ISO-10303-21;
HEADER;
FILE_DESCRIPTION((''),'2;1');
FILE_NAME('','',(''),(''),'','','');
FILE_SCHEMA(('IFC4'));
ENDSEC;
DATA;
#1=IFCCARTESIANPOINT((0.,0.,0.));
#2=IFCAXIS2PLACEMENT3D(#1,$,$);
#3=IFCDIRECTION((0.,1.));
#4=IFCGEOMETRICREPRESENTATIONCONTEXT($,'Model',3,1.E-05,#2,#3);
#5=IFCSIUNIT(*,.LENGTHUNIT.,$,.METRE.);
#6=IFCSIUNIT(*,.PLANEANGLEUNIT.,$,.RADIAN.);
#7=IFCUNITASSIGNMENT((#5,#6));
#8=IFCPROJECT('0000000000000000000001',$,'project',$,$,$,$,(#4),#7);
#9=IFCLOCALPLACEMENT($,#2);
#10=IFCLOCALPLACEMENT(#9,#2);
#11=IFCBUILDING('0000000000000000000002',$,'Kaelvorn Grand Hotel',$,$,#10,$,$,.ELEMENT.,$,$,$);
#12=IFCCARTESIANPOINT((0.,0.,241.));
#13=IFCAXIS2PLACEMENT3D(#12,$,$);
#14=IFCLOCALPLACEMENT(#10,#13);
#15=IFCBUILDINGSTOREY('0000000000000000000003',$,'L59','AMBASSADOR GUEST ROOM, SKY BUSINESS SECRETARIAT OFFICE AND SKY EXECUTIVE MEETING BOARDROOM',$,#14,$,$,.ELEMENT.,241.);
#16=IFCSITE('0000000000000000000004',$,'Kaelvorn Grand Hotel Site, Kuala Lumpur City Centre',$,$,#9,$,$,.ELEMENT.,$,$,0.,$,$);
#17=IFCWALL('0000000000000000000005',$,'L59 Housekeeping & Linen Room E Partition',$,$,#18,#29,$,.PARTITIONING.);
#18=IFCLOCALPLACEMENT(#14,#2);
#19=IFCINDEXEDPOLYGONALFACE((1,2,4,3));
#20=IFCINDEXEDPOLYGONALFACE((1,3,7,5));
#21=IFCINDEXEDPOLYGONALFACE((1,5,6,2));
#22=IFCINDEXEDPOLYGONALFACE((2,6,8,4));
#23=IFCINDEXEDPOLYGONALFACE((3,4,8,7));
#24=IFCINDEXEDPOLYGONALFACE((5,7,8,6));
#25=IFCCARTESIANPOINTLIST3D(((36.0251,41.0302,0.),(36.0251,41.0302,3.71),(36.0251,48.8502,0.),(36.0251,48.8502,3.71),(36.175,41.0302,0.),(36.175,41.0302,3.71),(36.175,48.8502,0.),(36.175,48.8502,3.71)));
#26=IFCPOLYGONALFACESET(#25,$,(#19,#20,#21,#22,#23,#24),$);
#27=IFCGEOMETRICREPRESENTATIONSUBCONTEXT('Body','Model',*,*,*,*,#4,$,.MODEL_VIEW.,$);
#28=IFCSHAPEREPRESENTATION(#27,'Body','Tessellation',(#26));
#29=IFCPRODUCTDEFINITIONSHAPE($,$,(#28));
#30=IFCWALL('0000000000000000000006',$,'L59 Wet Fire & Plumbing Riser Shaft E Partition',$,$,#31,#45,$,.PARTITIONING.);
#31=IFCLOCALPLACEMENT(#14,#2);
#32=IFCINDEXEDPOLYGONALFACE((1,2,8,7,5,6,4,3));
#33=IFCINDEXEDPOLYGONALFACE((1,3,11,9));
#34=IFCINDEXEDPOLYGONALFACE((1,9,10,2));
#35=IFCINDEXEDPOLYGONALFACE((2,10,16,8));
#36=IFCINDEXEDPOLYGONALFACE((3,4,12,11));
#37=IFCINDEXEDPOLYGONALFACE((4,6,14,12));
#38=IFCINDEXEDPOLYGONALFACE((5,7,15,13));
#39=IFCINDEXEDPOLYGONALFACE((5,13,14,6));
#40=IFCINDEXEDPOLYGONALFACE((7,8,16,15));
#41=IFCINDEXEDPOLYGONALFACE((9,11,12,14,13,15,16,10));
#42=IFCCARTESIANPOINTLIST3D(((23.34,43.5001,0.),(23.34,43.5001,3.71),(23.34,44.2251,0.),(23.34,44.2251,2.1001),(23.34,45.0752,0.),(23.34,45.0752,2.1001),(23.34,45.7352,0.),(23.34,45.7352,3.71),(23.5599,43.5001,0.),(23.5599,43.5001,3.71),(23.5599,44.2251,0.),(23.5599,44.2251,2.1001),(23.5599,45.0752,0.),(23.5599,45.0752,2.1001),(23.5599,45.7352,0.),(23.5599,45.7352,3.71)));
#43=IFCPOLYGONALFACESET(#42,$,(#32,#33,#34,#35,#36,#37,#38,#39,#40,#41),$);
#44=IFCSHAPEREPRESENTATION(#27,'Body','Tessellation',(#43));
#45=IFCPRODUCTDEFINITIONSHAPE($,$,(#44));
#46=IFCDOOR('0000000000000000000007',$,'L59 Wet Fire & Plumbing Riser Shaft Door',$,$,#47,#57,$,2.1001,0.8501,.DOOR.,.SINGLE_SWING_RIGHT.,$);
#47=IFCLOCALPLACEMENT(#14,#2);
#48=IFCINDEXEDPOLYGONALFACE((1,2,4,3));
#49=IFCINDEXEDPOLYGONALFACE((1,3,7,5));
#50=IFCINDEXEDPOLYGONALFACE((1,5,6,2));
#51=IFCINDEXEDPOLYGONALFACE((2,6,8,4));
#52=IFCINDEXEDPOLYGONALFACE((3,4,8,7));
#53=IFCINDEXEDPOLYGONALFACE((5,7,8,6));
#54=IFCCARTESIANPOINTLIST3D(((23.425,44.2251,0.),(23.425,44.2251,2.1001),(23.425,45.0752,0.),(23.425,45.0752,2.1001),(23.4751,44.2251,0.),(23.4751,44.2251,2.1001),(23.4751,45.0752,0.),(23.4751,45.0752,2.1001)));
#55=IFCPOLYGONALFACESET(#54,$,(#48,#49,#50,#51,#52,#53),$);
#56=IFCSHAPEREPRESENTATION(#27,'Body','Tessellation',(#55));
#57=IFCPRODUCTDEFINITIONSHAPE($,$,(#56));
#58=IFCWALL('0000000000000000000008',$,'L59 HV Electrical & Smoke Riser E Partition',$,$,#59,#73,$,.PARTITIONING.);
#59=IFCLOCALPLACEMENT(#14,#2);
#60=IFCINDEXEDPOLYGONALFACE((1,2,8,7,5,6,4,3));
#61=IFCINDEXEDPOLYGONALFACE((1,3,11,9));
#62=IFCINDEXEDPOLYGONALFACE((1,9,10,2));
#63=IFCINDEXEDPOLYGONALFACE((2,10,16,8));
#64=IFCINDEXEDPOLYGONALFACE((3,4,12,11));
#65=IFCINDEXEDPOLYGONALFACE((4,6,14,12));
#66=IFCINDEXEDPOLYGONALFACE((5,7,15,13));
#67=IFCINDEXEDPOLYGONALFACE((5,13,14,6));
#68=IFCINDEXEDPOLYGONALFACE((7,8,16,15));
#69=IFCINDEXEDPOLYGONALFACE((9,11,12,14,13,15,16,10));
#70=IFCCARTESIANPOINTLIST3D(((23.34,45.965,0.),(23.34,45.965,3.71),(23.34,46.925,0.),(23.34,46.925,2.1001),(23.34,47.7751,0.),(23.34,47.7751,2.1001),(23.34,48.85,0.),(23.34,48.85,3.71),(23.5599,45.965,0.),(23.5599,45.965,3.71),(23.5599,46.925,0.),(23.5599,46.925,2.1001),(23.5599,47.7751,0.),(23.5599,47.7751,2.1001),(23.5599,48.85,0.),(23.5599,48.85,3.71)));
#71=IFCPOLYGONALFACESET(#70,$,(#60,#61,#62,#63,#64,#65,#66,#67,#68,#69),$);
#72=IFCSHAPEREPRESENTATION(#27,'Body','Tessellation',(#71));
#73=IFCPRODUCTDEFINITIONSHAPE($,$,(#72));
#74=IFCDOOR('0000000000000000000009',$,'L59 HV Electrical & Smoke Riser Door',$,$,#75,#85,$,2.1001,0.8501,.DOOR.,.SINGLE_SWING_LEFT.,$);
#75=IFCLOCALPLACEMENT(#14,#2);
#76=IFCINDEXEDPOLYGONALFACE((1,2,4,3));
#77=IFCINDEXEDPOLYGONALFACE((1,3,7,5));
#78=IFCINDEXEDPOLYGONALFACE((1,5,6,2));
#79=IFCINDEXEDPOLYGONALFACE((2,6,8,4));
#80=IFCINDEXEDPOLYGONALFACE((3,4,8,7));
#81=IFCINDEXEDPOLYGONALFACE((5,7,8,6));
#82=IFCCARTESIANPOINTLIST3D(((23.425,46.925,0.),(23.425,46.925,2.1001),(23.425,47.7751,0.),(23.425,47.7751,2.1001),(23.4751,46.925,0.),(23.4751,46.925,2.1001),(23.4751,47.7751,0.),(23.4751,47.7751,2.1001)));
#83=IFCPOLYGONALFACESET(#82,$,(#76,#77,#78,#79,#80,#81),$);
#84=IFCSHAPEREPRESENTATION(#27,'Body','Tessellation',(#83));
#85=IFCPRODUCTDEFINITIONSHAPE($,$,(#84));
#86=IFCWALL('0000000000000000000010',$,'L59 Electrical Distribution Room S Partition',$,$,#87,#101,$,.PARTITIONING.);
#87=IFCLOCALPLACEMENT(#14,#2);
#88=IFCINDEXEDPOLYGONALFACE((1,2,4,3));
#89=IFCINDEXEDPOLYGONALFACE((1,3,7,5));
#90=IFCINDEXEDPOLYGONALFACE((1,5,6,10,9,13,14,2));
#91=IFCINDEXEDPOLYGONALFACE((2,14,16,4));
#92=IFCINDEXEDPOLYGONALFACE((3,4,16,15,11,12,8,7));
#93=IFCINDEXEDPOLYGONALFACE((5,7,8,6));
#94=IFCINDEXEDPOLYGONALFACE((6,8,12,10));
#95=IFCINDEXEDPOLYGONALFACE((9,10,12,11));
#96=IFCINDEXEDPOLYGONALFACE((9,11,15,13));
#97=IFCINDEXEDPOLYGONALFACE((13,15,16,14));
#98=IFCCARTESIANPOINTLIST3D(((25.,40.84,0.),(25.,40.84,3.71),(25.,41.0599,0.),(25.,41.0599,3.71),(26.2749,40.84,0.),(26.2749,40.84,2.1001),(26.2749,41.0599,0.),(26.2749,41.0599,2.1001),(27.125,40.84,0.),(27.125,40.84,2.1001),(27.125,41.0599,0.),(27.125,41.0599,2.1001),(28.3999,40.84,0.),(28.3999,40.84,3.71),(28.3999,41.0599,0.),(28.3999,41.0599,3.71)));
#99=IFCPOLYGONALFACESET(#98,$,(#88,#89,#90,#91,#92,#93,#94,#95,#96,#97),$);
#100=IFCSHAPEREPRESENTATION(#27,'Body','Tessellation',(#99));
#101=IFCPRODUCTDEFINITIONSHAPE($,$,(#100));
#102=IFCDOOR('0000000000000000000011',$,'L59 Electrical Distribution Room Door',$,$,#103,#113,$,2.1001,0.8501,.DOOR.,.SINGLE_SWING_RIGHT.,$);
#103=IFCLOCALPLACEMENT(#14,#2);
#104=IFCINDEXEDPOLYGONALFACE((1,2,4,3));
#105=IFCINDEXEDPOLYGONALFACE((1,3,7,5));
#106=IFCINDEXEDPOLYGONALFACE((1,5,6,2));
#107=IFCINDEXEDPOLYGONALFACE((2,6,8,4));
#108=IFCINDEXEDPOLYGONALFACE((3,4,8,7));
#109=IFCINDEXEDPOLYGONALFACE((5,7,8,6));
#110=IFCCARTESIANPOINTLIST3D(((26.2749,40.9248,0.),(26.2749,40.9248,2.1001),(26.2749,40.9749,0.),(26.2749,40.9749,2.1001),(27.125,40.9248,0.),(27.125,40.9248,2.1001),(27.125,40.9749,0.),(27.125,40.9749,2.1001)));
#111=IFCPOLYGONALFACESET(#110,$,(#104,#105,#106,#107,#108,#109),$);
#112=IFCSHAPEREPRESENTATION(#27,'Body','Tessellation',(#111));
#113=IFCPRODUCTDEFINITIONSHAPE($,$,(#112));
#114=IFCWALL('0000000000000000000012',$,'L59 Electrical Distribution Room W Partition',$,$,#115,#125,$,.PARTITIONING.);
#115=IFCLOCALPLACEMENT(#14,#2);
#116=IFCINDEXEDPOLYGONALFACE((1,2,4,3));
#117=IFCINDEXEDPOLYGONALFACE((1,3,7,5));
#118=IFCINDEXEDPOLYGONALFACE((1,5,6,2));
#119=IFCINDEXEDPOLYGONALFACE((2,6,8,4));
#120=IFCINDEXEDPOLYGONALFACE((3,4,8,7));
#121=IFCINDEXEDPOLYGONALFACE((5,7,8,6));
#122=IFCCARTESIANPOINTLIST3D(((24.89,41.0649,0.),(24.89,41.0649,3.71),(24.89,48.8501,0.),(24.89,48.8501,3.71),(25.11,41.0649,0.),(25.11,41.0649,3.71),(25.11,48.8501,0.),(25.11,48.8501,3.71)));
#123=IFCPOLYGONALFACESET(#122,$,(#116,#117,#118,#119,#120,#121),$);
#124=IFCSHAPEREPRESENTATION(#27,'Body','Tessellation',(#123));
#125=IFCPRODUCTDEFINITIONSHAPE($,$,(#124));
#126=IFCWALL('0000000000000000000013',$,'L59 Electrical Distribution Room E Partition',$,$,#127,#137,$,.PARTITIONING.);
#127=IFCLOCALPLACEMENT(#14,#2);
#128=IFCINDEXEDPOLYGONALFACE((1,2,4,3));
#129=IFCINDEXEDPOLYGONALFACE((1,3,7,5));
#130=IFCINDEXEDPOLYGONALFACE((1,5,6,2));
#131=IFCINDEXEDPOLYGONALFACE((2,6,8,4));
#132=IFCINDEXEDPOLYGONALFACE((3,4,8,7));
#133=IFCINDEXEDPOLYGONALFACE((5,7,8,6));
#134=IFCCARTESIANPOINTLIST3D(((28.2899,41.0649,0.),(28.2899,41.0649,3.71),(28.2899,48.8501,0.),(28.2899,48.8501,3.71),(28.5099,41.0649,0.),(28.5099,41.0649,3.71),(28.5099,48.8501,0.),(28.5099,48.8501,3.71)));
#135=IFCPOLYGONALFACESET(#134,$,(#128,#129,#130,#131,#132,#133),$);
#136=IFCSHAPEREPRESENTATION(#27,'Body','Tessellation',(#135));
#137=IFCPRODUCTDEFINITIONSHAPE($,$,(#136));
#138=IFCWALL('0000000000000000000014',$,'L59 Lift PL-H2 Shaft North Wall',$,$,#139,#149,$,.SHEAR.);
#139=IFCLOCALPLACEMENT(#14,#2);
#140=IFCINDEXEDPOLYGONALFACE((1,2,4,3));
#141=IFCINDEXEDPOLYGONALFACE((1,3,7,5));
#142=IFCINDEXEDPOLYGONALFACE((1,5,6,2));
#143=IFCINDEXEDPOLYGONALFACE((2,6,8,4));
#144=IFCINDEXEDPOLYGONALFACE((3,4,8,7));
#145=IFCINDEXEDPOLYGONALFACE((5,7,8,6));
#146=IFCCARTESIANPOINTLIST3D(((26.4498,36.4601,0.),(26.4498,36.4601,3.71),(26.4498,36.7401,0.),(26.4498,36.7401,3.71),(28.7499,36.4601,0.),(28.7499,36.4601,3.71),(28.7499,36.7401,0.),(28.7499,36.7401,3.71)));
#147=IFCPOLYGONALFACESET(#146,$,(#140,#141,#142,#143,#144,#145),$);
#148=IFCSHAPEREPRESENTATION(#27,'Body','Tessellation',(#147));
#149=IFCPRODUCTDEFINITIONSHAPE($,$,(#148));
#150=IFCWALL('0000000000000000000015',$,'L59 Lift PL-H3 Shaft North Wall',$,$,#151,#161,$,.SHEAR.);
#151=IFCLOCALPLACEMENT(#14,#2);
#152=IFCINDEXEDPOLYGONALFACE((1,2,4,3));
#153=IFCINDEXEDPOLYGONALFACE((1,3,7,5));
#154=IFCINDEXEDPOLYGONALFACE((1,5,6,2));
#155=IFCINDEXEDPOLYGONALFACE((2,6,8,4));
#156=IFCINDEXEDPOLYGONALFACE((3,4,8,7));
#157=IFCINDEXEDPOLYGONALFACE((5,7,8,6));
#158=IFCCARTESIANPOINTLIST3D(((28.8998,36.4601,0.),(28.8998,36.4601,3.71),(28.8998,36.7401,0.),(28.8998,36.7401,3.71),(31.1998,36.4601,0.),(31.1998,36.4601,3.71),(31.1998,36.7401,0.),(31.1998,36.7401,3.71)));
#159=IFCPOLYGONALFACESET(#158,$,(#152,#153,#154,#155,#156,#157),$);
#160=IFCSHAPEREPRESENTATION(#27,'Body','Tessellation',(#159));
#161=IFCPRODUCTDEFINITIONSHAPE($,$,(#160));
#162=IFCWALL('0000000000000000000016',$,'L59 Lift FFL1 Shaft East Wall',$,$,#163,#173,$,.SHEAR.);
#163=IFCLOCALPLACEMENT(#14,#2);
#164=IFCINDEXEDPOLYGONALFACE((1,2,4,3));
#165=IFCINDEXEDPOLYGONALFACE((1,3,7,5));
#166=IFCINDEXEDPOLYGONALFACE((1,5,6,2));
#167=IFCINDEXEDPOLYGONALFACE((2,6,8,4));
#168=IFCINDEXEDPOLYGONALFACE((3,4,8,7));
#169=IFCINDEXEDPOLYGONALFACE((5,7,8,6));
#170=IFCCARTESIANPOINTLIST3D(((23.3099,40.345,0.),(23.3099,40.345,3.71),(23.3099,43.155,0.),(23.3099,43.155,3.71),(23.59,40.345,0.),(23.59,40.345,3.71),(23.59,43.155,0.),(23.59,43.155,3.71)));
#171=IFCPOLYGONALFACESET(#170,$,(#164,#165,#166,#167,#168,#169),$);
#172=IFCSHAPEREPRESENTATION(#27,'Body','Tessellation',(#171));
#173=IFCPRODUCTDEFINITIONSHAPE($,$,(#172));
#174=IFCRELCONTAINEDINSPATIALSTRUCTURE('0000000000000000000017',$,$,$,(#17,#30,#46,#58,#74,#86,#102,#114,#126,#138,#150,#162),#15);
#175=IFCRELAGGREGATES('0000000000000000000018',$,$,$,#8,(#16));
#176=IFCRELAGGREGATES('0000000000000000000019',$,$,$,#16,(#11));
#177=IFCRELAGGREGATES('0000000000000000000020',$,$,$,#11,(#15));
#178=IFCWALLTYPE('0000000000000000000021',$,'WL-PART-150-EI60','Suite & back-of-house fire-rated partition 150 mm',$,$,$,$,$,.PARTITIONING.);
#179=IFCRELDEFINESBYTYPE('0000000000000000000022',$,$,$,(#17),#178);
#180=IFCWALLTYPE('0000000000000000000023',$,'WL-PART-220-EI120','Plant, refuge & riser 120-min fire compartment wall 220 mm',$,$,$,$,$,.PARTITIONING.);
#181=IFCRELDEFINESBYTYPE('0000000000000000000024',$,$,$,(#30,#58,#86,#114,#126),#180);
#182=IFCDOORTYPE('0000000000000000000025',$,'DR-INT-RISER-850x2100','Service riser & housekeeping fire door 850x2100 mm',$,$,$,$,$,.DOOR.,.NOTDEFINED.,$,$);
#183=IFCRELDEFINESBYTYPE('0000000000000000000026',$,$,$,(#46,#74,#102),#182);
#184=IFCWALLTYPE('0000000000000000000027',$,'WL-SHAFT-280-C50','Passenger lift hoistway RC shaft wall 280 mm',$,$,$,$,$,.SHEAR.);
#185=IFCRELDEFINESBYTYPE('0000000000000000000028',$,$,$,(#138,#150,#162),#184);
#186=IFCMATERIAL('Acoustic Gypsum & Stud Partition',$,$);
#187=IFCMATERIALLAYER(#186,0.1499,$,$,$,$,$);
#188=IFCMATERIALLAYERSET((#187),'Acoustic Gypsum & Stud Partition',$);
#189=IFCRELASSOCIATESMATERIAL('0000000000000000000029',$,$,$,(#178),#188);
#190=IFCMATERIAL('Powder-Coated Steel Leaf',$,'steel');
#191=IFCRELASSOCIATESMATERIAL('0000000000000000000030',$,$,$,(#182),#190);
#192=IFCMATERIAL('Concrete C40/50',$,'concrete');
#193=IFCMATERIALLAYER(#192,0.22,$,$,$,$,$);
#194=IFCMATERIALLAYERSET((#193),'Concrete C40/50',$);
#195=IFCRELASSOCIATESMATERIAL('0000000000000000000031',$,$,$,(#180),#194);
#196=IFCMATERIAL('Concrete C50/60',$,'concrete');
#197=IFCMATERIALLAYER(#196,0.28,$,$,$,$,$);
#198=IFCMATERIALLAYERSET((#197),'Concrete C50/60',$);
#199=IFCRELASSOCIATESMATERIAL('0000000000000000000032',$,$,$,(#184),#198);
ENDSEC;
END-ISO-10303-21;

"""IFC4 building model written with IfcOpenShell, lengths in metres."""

from ifc_helpers import new_model, si_unit, direction, frame, frame_2d, origin, place, context, subcontext, project, spatial, rectangle, extrude, material, layer, layer_set, type_object, element, fill, save


model = new_model("IFC4")

# Units and contexts
model_context = context("Model", 3, precision=1e-05, world=origin(), true_north=direction((0.0, 1.0)))
body_context = subcontext(model_context, "Body", "Model", "MODEL_VIEW")
ifc_project = project(units=[si_unit("LENGTHUNIT", "METRE"), si_unit("PLANEANGLEUNIT", "RADIAN")], contexts=[model_context])

# Site, building, storey
site_placement = place(None, origin())
site = spatial("IfcSite", under=ifc_project, at=site_placement, Name="Kaelvorn Grand Hotel Site, Kuala Lumpur City Centre", CompositionType="ELEMENT", RefElevation=0.0)
building_placement = place(site_placement, origin())
building = spatial("IfcBuilding", under=site, at=building_placement, Name="Kaelvorn Grand Hotel", CompositionType="ELEMENT")
storey_placement = place(building_placement, frame((0.0, 0.0, 241.0)))
storey = spatial("IfcBuildingStorey", under=building, at=storey_placement, Name="L59", Description="AMBASSADOR GUEST ROOM, SKY BUSINESS SECRETARIAT OFFICE AND SKY EXECUTIVE MEETING BOARDROOM", CompositionType="ELEMENT", Elevation=241.0)

# Shared definitions
ifc_material_1 = material(Name="Concrete C50/60", Category="concrete")

# Shared definitions
ifc_material_2 = material(Name="Acoustic Gypsum & Stud Partition")
ifc_layer_1 = layer(ifc_material_2, 0.1499)
ifc_layer_set_1 = layer_set([ifc_layer_1], Name="Acoustic Gypsum & Stud Partition")
wall_type_1 = type_object("IfcWallType", Name="WL-PART-150-EI60", Description="Suite & back-of-house fire-rated partition 150 mm", PredefinedType="PARTITIONING", material=ifc_layer_set_1)

# Shared definitions
ifc_material_3 = material(Name="Powder-Coated Steel Leaf", Category="steel")
door_type_1 = type_object("IfcDoorType", Name="DR-INT-RISER-850x2100", Description="Service riser & housekeeping fire door 850x2100 mm", OperationType="NOTDEFINED", PredefinedType="DOOR", material=ifc_material_3)

# Wall
wall_1_placement = place(storey_placement, frame((36.1001, 41.03, 0.0), z_axis=(0.0, 0.0, 1.0), x_axis=(0.0, 1.0, 0.0)))
element("IfcWall", 1, at=wall_1_placement, inside=storey, type_object=wall_type_1, Name="L59 Housekeeping & Linen Room E Partition", PredefinedType="PARTITIONING", context=body_context, shape_type="SweptSolid", body=[
    extrude(rectangle(XDim=7.8201, YDim=0.1499, at=frame_2d((3.9102, 0.0))), origin(), (0.0, 0.0, 1.0), 3.71),
])

# Walls, openings, doors
ifc_material_4 = material(Name="Concrete C40/50", Category="concrete")
ifc_layer_2 = layer(ifc_material_4, 0.22)
ifc_layer_set_2 = layer_set([ifc_layer_2], Name="Concrete C40/50")
wall_type_2 = type_object("IfcWallType", Name="WL-PART-220-EI120", Description="Plant, refuge & riser 120-min fire compartment wall 220 mm", PredefinedType="PARTITIONING", material=ifc_layer_set_2)
wall_2_placement = place(storey_placement, frame((23.45, 43.5, 0.0), z_axis=(0.0, 0.0, 1.0), x_axis=(0.0, 1.0, 0.0)))
wall_2 = element("IfcWall", 2, at=wall_2_placement, inside=storey, type_object=wall_type_2, Name="L59 Wet Fire & Plumbing Riser Shaft E Partition", PredefinedType="PARTITIONING", context=body_context, shape_type="SweptSolid", body=[
    extrude(rectangle(XDim=2.2351, YDim=0.22, at=frame_2d((1.1177, 0.0))), origin(), (0.0, 0.0, 1.0), 3.71),
])
opening_1_placement = place(wall_2_placement, frame((0.7251, 0.0, 0.0)))
opening_1 = element("IfcOpeningElement", 3, at=opening_1_placement, cuts=wall_2, PredefinedType="OPENING", context=body_context, shape_type="SweptSolid", body=[
    extrude(rectangle(XDim=0.8501, YDim=2.1001, at=frame_2d((0.425, 1.05))), frame((0.0, 0.1201, 0.0), z_axis=(0.0, -1.0, 0.0), x_axis=(1.0, 0.0, 0.0)), (0.0, 0.0, 1.0), 0.24),
])
door_1_placement = place(opening_1_placement, origin())
door_1 = element("IfcDoor", 4, at=door_1_placement, inside=storey, type_object=door_type_1, Name="L59 Wet Fire & Plumbing Riser Shaft Door", OperationType="SINGLE_SWING_RIGHT", OverallHeight=2.1001, OverallWidth=0.8501, PredefinedType="DOOR", context=body_context, shape_type="SweptSolid", body=[
    extrude(rectangle(XDim=0.8501, YDim=2.1001, at=frame_2d((0.425, 1.05))), frame((0.0, 0.0249, 0.0), z_axis=(0.0, -1.0, 0.0), x_axis=(1.0, 0.0, 0.0)), (0.0, 0.0, 1.0), 0.05),
])
fill(opening_1, door_1)
wall_3_placement = place(storey_placement, frame((23.45, 45.9651, 0.0), z_axis=(0.0, 0.0, 1.0), x_axis=(0.0, 1.0, 0.0)))
wall_3 = element("IfcWall", 5, at=wall_3_placement, inside=storey, type_object=wall_type_2, Name="L59 HV Electrical & Smoke Riser E Partition", PredefinedType="PARTITIONING", context=body_context, shape_type="SweptSolid", body=[
    extrude(rectangle(XDim=2.885, YDim=0.22, at=frame_2d((1.4424, 0.0))), origin(), (0.0, 0.0, 1.0), 3.71),
])
opening_2_placement = place(wall_3_placement, frame((0.96, 0.0, 0.0)))
opening_2 = element("IfcOpeningElement", 6, at=opening_2_placement, cuts=wall_3, PredefinedType="OPENING", context=body_context, shape_type="SweptSolid", body=[
    extrude(rectangle(XDim=0.8501, YDim=2.1001, at=frame_2d((0.425, 1.05))), frame((0.0, 0.1201, 0.0), z_axis=(0.0, -1.0, 0.0), x_axis=(1.0, 0.0, 0.0)), (0.0, 0.0, 1.0), 0.24),
])
door_2_placement = place(opening_2_placement, origin())
door_2 = element("IfcDoor", 7, at=door_2_placement, inside=storey, type_object=door_type_1, Name="L59 HV Electrical & Smoke Riser Door", OperationType="SINGLE_SWING_LEFT", OverallHeight=2.1001, OverallWidth=0.8501, PredefinedType="DOOR", context=body_context, shape_type="SweptSolid", body=[
    extrude(rectangle(XDim=0.8501, YDim=2.1001, at=frame_2d((0.425, 1.05))), frame((0.0, 0.0249, 0.0), z_axis=(0.0, -1.0, 0.0), x_axis=(1.0, 0.0, 0.0)), (0.0, 0.0, 1.0), 0.05),
])
fill(opening_2, door_2)
wall_4_placement = place(storey_placement, frame((25.0, 40.95, 0.0), z_axis=(0.0, 0.0, 1.0), x_axis=(1.0, 0.0, 0.0)))
wall_4 = element("IfcWall", 8, at=wall_4_placement, inside=storey, type_object=wall_type_2, Name="L59 Electrical Distribution Room S Partition", PredefinedType="PARTITIONING", context=body_context, shape_type="SweptSolid", body=[
    extrude(rectangle(XDim=3.3999, YDim=0.22, at=frame_2d((1.7, 0.0))), origin(), (0.0, 0.0, 1.0), 3.71),
])
opening_3_placement = place(wall_4_placement, frame((1.2749, 0.0, 0.0)))
opening_3 = element("IfcOpeningElement", 9, at=opening_3_placement, cuts=wall_4, PredefinedType="OPENING", context=body_context, shape_type="SweptSolid", body=[
    extrude(rectangle(XDim=0.8501, YDim=2.1001, at=frame_2d((0.425, 1.05))), frame((0.0, 0.1201, 0.0), z_axis=(0.0, -1.0, 0.0), x_axis=(1.0, 0.0, 0.0)), (0.0, 0.0, 1.0), 0.24),
])
door_3_placement = place(opening_3_placement, origin())
door_3 = element("IfcDoor", 10, at=door_3_placement, inside=storey, type_object=door_type_1, Name="L59 Electrical Distribution Room Door", OperationType="SINGLE_SWING_RIGHT", OverallHeight=2.1001, OverallWidth=0.8501, PredefinedType="DOOR", context=body_context, shape_type="SweptSolid", body=[
    extrude(rectangle(XDim=0.8501, YDim=2.1001, at=frame_2d((0.425, 1.05))), frame((0.0, 0.0249, 0.0), z_axis=(0.0, -1.0, 0.0), x_axis=(1.0, 0.0, 0.0)), (0.0, 0.0, 1.0), 0.05),
])
fill(opening_3, door_3)

# Walls
for number, where, z_axis, x_axis, name in (
    (11, (25.0, 41.0649, 0.0), (0.0, 0.0, 1.0), (0.0, 1.0, 0.0), "L59 Electrical Distribution Room W Partition"),
    (12, (28.3999, 41.0649, 0.0), (0.0, 0.0, 1.0), (0.0, 1.0, 0.0), "L59 Electrical Distribution Room E Partition"),
):
    element("IfcWall", number, at=place(storey_placement, frame(where, z_axis=z_axis, x_axis=x_axis)), inside=storey, type_object=wall_type_2, Name=name, PredefinedType="PARTITIONING", context=body_context, shape_type="SweptSolid", body=[
        extrude(rectangle(XDim=7.7852, YDim=0.22, at=frame_2d((3.8926, 0.0))), origin(), (0.0, 0.0, 1.0), 3.71),
    ])
ifc_layer_3 = layer(ifc_material_1, 0.28)
ifc_layer_set_3 = layer_set([ifc_layer_3], Name="Concrete C50/60")
wall_type_3 = type_object("IfcWallType", Name="WL-SHAFT-280-C50", Description="Passenger lift hoistway RC shaft wall 280 mm", PredefinedType="SHEAR", material=ifc_layer_set_3)
for number, where, z_axis, x_axis, name in (
    (13, (26.45, 36.6001, 0.0), (0.0, 0.0, 1.0), (1.0, 0.0, 0.0), "L59 Lift PL-H2 Shaft North Wall"),
    (14, (28.8999, 36.6001, 0.0), (0.0, 0.0, 1.0), (1.0, 0.0, 0.0), "L59 Lift PL-H3 Shaft North Wall"),
):
    element("IfcWall", number, at=place(storey_placement, frame(where, z_axis=z_axis, x_axis=x_axis)), inside=storey, type_object=wall_type_3, Name=name, PredefinedType="SHEAR", context=body_context, shape_type="SweptSolid", body=[
        extrude(rectangle(XDim=2.3, YDim=0.28, at=frame_2d((1.1499, 0.0))), origin(), (0.0, 0.0, 1.0), 3.71),
    ])
wall_5_placement = place(storey_placement, frame((23.45, 40.345, 0.0), z_axis=(0.0, 0.0, 1.0), x_axis=(0.0, 1.0, 0.0)))
element("IfcWall", 15, at=wall_5_placement, inside=storey, type_object=wall_type_3, Name="L59 Lift FFL1 Shaft East Wall", PredefinedType="SHEAR", context=body_context, shape_type="SweptSolid", body=[
    extrude(rectangle(XDim=2.8101, YDim=0.28, at=frame_2d((1.405, 0.0))), origin(), (0.0, 0.0, 1.0), 3.71),
])

save(model, "model.ifc")
